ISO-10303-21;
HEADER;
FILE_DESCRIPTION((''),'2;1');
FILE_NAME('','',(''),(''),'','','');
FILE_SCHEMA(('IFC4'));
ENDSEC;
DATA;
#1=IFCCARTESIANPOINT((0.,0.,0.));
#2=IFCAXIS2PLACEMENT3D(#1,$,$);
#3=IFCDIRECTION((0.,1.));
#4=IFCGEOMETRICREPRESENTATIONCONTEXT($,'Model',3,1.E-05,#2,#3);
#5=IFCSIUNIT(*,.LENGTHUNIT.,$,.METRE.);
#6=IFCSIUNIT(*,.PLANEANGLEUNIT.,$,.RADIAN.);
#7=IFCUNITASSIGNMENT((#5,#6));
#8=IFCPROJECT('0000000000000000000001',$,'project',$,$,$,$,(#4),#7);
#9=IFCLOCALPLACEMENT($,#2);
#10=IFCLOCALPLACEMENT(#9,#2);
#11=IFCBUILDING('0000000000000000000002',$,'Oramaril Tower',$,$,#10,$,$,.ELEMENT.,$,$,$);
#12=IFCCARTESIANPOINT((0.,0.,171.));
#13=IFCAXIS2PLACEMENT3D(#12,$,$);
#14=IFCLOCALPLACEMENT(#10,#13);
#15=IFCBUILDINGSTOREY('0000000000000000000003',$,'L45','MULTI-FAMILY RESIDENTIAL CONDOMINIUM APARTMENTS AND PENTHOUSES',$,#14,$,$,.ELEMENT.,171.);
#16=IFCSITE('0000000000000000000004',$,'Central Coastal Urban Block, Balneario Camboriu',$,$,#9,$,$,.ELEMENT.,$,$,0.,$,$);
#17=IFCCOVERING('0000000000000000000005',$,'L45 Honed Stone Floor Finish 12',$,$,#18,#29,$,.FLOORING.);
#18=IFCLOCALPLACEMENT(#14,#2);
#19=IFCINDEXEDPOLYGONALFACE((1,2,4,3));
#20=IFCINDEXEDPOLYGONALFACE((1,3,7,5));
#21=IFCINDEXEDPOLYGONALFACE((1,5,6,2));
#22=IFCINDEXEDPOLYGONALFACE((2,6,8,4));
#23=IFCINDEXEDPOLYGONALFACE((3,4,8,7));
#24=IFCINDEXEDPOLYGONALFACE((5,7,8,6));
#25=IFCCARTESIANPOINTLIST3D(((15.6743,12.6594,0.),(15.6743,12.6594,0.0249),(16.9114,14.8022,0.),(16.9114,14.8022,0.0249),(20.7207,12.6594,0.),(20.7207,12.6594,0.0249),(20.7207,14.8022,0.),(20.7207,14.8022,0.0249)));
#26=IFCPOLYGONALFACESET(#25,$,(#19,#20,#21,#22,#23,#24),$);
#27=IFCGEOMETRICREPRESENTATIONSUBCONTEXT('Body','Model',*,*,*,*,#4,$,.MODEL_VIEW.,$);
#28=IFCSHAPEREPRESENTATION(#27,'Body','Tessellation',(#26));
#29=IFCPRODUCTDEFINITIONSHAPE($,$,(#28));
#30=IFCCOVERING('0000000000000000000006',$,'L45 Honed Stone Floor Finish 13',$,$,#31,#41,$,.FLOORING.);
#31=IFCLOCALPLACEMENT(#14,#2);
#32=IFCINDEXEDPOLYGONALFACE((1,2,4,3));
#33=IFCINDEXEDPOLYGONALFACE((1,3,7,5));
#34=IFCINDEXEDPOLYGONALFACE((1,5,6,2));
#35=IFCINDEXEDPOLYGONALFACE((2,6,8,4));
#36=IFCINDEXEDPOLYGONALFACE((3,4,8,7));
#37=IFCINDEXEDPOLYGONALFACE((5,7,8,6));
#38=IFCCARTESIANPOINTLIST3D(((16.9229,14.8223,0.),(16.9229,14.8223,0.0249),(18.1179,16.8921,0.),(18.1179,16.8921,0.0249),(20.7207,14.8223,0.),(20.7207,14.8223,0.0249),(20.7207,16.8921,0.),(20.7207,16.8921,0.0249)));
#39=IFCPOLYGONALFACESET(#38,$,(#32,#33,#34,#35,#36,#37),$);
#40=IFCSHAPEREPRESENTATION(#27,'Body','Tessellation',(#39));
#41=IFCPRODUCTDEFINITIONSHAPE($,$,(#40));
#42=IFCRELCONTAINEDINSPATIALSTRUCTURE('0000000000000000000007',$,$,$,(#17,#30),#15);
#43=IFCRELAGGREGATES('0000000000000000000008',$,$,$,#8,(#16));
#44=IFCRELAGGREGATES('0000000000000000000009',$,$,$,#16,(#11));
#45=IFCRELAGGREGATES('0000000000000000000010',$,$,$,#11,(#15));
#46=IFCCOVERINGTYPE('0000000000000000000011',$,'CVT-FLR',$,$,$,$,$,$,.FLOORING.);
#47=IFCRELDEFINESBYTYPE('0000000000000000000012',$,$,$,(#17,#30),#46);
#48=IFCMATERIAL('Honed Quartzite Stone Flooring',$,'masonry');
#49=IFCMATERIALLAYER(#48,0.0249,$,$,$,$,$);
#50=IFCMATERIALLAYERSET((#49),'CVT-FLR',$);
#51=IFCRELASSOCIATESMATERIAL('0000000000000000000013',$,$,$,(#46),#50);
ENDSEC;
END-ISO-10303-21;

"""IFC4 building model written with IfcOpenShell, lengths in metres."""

from ifc_helpers import new_model, si_unit, direction, frame, origin, place, context, subcontext, project, spatial, polyline, outline, extrude, material, layer, layer_set, type_object, element, save


model = new_model("IFC4")

# Units and contexts
model_context = context("Model", 3, precision=1e-05, world=origin(), true_north=direction((0.0, 1.0)))
body_context = subcontext(model_context, "Body", "Model", "MODEL_VIEW")
ifc_project = project(units=[si_unit("LENGTHUNIT", "METRE"), si_unit("PLANEANGLEUNIT", "RADIAN")], contexts=[model_context])

# Site, building, storey
site_placement = place(None, origin())
site = spatial("IfcSite", under=ifc_project, at=site_placement, Name="Central Coastal Urban Block, Balneario Camboriu", CompositionType="ELEMENT", RefElevation=0.0)
building_placement = place(site_placement, origin())
building = spatial("IfcBuilding", under=site, at=building_placement, Name="Oramaril Tower", CompositionType="ELEMENT")
storey_placement = place(building_placement, frame((0.0, 0.0, 171.0)))
storey = spatial("IfcBuildingStorey", under=building, at=storey_placement, Name="L45", Description="MULTI-FAMILY RESIDENTIAL CONDOMINIUM APARTMENTS AND PENTHOUSES", CompositionType="ELEMENT", Elevation=171.0)

# Coverings
ifc_material_1 = material(Name="Honed Quartzite Stone Flooring", Category="masonry")
ifc_layer_1 = layer(ifc_material_1, 0.0249)
ifc_layer_set_1 = layer_set([ifc_layer_1], Name="CVT-FLR")
covering_type_1 = type_object("IfcCoveringType", Name="CVT-FLR", PredefinedType="FLOORING", material=ifc_layer_set_1)
covering_1_placement = place(storey_placement, origin())
element("IfcCovering", 1, at=covering_1_placement, inside=storey, type_object=covering_type_1, Name="L45 Honed Stone Floor Finish 12", PredefinedType="FLOORING", context=body_context, shape_type="SweptSolid", body=[
    extrude(outline(polyline([(16.9114, 14.8022), (20.7207, 14.8022), (20.7207, 12.6594), (15.6743, 12.6594), (16.9114, 14.8022)])), origin(), (0.0, 0.0, 1.0), 0.0249),
])
covering_2_placement = place(storey_placement, origin())
element("IfcCovering", 2, at=covering_2_placement, inside=storey, type_object=covering_type_1, Name="L45 Honed Stone Floor Finish 13", PredefinedType="FLOORING", context=body_context, shape_type="SweptSolid", body=[
    extrude(outline(polyline([(18.1179, 16.8921), (20.7207, 16.8921), (20.7207, 14.8223), (16.9229, 14.8223), (18.1179, 16.8921)])), origin(), (0.0, 0.0, 1.0), 0.0249),
])

save(model, "model.ifc")
